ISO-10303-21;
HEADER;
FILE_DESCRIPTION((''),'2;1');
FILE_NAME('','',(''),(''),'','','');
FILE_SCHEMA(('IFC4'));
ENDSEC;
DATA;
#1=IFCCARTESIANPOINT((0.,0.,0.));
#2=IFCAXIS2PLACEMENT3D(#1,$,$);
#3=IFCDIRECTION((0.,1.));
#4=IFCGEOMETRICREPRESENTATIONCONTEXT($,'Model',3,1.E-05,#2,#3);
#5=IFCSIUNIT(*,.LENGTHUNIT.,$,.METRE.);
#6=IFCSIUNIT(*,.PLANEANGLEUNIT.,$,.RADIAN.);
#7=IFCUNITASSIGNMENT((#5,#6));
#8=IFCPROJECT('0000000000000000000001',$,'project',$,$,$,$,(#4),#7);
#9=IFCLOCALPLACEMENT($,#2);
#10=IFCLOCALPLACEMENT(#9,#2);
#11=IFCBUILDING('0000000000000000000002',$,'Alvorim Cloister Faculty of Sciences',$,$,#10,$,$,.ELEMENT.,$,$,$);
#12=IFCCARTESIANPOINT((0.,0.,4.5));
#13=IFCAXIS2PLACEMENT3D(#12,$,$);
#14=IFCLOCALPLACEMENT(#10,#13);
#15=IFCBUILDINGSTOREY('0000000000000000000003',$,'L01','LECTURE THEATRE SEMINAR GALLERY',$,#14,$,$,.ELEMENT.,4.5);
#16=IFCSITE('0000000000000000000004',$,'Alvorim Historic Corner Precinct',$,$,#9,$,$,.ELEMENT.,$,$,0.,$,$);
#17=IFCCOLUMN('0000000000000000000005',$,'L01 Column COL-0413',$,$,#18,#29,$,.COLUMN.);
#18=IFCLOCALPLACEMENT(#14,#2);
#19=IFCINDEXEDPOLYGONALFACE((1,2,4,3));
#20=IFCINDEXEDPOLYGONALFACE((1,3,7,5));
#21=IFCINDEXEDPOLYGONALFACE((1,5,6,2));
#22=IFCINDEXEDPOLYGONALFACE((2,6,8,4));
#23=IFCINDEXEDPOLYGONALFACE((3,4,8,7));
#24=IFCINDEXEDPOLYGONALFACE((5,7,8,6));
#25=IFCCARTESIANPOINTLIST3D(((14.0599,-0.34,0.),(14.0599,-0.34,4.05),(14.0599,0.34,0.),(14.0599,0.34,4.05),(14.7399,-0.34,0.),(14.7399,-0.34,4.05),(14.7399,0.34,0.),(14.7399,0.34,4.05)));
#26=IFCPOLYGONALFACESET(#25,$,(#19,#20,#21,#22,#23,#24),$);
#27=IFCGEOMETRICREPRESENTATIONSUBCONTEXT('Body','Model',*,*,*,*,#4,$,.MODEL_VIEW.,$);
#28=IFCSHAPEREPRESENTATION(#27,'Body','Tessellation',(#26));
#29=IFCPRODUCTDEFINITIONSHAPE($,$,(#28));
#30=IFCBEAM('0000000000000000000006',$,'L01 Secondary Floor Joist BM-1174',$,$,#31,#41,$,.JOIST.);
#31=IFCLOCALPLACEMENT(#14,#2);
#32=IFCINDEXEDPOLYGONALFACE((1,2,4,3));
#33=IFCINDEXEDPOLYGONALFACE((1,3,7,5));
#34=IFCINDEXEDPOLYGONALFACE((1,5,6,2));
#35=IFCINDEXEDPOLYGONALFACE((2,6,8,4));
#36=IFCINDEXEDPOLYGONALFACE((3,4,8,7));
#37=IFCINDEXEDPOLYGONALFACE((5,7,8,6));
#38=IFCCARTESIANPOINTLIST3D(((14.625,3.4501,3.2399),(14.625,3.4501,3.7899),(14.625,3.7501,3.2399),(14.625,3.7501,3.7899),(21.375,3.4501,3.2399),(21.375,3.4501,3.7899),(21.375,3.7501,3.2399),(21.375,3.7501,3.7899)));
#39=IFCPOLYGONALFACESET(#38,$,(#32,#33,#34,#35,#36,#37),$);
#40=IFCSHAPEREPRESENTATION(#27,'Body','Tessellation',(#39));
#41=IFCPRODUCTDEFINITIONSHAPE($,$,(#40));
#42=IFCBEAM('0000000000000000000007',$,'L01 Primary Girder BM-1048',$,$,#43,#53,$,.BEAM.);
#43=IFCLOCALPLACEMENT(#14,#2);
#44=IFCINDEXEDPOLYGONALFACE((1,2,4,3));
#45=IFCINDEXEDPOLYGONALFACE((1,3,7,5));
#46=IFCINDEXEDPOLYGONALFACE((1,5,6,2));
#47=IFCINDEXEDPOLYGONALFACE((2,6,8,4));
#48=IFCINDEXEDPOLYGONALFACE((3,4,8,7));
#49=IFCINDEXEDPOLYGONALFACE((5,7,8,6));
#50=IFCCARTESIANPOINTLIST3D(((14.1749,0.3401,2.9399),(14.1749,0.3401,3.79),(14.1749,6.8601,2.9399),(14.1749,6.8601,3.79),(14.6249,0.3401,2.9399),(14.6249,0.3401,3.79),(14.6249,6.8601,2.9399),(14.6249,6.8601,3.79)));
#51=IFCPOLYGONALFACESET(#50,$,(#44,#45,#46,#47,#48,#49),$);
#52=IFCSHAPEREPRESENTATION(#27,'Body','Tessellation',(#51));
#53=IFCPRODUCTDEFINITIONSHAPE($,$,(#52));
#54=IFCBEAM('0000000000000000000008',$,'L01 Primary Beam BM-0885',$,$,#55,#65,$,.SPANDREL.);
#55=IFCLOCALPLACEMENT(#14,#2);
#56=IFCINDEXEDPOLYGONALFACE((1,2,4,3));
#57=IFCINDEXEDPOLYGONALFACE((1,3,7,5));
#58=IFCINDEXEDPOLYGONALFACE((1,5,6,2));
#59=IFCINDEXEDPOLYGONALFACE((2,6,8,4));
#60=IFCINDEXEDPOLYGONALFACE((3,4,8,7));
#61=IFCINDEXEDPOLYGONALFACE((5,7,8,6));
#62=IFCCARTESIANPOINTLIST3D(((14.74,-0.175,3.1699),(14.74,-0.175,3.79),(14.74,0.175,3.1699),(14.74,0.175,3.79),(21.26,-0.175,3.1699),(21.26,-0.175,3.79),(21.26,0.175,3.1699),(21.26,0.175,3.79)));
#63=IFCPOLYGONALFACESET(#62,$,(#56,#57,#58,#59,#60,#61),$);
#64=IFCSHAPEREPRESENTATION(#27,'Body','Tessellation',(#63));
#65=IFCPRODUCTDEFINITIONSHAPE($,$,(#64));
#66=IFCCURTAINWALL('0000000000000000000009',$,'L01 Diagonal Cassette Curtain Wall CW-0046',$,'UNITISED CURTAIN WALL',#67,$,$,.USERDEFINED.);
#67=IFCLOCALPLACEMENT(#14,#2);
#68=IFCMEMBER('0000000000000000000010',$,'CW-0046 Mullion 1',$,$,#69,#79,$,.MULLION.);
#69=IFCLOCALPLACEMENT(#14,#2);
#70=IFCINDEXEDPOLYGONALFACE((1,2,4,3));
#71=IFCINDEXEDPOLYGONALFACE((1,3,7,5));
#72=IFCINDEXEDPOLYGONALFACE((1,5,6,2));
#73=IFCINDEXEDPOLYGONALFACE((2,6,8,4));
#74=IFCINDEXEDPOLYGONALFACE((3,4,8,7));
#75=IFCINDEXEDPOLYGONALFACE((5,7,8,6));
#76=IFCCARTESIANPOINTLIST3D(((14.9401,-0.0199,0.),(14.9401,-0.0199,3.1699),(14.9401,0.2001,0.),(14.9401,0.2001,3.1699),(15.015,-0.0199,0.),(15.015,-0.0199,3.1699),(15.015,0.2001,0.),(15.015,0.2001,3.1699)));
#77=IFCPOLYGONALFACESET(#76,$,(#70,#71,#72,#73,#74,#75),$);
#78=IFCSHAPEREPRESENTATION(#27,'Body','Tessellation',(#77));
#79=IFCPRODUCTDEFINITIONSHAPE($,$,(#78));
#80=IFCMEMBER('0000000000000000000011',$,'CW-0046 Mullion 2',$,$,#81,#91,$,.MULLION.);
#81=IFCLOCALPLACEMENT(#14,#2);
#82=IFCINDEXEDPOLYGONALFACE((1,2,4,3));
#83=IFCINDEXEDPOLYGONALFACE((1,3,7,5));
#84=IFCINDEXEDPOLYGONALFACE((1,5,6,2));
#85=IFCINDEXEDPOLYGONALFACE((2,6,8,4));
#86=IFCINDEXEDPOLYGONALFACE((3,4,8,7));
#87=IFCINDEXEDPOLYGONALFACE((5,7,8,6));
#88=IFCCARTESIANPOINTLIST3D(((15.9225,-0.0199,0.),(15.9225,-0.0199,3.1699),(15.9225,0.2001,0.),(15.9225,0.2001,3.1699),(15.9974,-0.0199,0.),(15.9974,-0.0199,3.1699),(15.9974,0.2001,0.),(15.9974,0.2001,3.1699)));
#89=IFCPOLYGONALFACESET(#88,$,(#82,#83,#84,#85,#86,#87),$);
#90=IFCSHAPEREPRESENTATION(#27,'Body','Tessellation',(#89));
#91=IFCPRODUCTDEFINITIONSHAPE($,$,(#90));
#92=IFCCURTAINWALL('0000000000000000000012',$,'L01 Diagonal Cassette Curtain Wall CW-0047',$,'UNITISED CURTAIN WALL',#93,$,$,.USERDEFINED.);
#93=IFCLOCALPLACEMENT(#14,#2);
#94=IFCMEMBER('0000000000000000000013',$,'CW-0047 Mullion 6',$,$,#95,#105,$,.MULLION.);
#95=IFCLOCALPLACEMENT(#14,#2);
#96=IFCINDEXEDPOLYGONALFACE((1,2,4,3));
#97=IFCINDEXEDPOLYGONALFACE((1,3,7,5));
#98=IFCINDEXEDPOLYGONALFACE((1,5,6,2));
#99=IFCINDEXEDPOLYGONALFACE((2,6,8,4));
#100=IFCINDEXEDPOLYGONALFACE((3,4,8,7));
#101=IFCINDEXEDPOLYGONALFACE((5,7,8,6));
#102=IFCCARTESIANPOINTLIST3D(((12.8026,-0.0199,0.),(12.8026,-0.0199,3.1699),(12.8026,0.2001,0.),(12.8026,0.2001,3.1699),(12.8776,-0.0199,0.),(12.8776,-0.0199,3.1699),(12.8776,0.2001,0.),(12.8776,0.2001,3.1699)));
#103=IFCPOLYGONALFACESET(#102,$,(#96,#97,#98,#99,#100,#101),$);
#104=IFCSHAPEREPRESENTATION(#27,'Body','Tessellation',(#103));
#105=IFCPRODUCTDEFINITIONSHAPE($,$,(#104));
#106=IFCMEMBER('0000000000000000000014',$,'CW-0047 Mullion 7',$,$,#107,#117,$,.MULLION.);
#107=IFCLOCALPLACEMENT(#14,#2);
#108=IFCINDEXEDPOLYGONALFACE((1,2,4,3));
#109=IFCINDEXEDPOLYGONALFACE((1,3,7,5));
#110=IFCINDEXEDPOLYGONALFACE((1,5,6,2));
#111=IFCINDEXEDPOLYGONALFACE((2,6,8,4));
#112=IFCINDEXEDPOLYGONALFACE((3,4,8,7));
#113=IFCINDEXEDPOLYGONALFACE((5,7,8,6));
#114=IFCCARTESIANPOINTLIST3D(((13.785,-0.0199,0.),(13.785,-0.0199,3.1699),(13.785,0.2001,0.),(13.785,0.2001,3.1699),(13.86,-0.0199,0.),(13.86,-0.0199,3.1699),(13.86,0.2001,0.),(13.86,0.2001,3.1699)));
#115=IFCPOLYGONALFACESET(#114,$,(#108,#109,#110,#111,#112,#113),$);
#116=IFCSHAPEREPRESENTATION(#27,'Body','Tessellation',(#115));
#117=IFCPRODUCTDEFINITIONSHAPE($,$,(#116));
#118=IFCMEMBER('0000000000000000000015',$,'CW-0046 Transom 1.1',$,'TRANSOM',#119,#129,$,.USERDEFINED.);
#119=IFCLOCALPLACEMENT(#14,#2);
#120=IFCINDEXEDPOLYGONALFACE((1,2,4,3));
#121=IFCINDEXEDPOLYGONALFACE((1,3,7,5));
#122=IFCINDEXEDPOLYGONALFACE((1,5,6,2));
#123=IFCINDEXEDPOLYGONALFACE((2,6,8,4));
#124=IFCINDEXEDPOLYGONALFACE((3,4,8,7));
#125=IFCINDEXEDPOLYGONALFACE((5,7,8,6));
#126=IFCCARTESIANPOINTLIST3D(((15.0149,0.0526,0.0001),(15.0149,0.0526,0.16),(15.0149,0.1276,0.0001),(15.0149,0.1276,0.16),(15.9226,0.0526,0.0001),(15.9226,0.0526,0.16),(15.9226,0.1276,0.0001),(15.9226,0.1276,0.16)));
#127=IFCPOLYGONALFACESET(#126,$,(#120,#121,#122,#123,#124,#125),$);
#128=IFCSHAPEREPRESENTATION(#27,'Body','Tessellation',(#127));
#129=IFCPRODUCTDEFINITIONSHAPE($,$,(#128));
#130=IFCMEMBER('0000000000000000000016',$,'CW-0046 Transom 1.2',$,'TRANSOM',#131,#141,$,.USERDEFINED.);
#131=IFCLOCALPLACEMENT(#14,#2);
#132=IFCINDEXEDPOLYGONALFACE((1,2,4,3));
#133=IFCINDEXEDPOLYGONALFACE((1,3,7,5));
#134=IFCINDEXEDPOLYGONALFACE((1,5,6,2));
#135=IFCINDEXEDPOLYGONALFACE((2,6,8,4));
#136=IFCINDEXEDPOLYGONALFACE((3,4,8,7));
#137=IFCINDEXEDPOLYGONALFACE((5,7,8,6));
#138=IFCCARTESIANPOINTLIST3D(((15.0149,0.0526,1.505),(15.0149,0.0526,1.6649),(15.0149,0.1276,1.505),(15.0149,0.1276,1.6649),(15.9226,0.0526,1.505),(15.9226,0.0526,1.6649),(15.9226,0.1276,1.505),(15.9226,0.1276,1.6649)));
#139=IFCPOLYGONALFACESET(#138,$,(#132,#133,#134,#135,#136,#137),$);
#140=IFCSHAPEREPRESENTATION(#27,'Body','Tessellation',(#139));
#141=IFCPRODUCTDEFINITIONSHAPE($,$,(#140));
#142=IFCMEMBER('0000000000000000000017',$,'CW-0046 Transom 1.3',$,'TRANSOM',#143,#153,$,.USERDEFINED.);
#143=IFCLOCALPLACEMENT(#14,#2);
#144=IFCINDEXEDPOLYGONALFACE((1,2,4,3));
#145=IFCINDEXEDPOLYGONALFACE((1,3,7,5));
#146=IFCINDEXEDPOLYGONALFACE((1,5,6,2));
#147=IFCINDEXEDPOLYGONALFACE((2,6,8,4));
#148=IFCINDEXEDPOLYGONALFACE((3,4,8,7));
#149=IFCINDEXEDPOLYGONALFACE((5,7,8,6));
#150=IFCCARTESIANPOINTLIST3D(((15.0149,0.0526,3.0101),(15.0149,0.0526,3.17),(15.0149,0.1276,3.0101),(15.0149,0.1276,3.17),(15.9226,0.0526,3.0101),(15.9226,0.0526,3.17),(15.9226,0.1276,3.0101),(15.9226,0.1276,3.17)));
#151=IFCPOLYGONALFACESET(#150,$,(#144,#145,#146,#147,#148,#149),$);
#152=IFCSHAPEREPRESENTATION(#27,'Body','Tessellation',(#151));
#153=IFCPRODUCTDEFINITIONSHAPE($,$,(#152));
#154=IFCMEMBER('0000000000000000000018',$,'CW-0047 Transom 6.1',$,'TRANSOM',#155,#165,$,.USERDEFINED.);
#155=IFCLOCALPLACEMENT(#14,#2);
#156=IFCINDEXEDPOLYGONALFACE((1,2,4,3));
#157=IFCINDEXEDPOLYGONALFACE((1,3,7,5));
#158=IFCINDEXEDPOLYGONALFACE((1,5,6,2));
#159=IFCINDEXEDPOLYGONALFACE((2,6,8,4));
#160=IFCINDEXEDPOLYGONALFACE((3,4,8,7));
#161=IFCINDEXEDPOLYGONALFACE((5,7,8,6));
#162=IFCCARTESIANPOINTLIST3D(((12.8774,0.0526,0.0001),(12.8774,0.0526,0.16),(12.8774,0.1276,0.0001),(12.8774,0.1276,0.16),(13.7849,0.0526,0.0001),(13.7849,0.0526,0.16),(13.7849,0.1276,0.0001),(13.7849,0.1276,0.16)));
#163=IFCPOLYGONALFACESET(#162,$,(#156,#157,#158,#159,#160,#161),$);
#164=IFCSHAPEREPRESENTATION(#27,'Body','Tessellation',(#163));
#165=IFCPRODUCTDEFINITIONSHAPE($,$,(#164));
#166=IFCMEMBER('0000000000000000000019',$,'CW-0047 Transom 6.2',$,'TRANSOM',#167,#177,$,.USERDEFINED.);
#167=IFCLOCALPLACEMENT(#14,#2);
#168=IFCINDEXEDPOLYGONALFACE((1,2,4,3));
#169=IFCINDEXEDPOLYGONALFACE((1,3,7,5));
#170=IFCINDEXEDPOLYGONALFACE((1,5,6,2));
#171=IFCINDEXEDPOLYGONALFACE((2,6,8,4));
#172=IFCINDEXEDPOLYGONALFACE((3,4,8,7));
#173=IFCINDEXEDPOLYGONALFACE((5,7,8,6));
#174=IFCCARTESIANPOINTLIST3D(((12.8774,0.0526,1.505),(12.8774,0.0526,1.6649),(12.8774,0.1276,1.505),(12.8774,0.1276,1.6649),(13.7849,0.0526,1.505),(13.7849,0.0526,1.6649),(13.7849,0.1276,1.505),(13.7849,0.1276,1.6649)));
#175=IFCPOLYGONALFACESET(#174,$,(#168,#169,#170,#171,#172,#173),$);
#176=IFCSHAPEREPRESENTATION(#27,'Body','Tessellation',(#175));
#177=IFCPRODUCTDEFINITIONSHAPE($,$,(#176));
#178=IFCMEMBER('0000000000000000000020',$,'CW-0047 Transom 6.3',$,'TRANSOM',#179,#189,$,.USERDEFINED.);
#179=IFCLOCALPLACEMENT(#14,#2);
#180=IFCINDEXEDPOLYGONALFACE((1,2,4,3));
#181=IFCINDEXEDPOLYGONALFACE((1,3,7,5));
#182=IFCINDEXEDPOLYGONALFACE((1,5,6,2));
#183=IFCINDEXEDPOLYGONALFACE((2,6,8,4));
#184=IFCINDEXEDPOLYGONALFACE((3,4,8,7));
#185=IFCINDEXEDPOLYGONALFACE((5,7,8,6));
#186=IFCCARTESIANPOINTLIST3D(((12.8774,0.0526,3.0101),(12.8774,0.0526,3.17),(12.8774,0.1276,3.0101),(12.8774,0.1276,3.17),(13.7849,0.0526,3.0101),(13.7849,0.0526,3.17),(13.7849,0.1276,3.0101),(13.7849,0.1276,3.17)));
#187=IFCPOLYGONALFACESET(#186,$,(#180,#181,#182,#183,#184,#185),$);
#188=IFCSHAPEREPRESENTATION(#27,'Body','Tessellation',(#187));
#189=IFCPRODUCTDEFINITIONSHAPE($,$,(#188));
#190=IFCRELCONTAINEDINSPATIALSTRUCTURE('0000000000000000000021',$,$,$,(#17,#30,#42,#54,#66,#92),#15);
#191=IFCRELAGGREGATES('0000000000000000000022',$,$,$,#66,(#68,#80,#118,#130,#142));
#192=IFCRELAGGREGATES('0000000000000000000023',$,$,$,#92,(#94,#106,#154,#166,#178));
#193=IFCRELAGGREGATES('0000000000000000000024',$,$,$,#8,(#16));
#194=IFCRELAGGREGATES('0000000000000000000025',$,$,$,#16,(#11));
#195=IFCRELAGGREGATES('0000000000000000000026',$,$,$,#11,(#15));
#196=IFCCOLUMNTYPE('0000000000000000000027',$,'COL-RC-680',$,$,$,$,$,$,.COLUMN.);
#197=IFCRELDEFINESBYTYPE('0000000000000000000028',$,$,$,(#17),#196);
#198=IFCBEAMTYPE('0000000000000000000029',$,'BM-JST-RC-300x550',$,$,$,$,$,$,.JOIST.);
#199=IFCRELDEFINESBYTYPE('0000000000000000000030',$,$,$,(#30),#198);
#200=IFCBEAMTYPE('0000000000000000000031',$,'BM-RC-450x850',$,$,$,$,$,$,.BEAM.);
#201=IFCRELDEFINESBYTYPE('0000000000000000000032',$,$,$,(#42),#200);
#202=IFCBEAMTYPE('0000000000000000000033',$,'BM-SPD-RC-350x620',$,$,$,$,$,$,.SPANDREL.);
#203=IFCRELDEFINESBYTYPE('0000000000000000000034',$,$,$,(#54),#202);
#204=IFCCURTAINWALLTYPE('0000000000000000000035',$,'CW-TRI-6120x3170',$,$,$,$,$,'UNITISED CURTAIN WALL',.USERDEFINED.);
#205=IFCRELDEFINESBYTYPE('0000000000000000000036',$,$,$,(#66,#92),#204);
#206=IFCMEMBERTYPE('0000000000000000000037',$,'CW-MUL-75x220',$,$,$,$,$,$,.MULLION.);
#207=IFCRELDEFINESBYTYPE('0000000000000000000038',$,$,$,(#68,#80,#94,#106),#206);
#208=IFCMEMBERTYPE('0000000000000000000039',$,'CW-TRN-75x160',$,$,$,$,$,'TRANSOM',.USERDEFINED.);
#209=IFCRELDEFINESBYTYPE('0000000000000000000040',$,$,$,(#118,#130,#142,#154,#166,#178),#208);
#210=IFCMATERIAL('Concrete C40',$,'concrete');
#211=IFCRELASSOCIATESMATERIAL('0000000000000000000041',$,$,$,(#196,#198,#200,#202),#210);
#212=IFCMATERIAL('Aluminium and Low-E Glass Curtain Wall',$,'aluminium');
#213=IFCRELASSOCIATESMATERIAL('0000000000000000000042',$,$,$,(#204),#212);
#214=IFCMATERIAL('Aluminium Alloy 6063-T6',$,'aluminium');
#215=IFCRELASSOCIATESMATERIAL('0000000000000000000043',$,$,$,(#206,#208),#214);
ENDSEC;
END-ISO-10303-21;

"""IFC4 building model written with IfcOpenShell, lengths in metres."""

from ifc_helpers import new_model, si_unit, direction, frame, origin, origin_2d, place, context, subcontext, project, spatial, rectangle, extrude, material, material_profile, profile_set, type_object, element, aggregate, save


model = new_model("IFC4")

# Units and contexts
model_context = context("Model", 3, precision=1e-05, world=origin(), true_north=direction((0.0, 1.0)))
body_context = subcontext(model_context, "Body", "Model", "MODEL_VIEW")
ifc_project = project(units=[si_unit("LENGTHUNIT", "METRE"), si_unit("PLANEANGLEUNIT", "RADIAN")], contexts=[model_context])

# Site, building, storey
site_placement = place(None, origin())
site = spatial("IfcSite", under=ifc_project, at=site_placement, Name="Alvorim Historic Corner Precinct", CompositionType="ELEMENT", RefElevation=0.0)
building_placement = place(site_placement, origin())
building = spatial("IfcBuilding", under=site, at=building_placement, Name="Alvorim Cloister Faculty of Sciences", CompositionType="ELEMENT")
storey_placement = place(building_placement, frame((0.0, 0.0, 4.5)))
storey = spatial("IfcBuildingStorey", under=building, at=storey_placement, Name="L01", Description="LECTURE THEATRE SEMINAR GALLERY", CompositionType="ELEMENT", Elevation=4.5)

# Column
ifc_material_1 = material(Name="Concrete C40", Category="concrete")
ifc_material_profile_1 = material_profile(ifc_material_1, rectangle(XDim=0.6799, YDim=0.6799, at=origin_2d()), Name="RC40-COL-680x680")
ifc_profile_set_1 = profile_set([ifc_material_profile_1], Name="Concrete C40")
column_type = type_object("IfcColumnType", Name="COL-RC-680", PredefinedType="COLUMN", material=ifc_profile_set_1)
column_placement = place(storey_placement, frame((14.3999, 0.0, 0.0), z_axis=(0.0, 0.0, 1.0), x_axis=(1.0, 0.0, 0.0)))
element("IfcColumn", 1, at=column_placement, inside=storey, type_object=column_type, Name="L01 Column COL-0413", PredefinedType="COLUMN", context=body_context, shape_type="SweptSolid", body=[
    extrude(rectangle(XDim=0.6799, YDim=0.6799, at=origin_2d()), origin(), (0.0, 0.0, 1.0), 4.05),
])

# Beams
ifc_material_profile_2 = material_profile(ifc_material_1, rectangle(XDim=0.3, YDim=0.55, at=origin_2d()), Name="RC40-JST-300x550")
ifc_profile_set_2 = profile_set([ifc_material_profile_2], Name="Concrete C40")
beam_type_1 = type_object("IfcBeamType", Name="BM-JST-RC-300x550", PredefinedType="JOIST", material=ifc_profile_set_2)
beam_1_placement = place(storey_placement, frame((14.625, 3.6001, 3.5149), z_axis=(1.0, 0.0, 0.0), x_axis=(0.0, 1.0, 0.0)))
element("IfcBeam", 2, at=beam_1_placement, inside=storey, type_object=beam_type_1, Name="L01 Secondary Floor Joist BM-1174", PredefinedType="JOIST", context=body_context, shape_type="SweptSolid", body=[
    extrude(rectangle(XDim=0.3, YDim=0.55, at=origin_2d()), origin(), (0.0, 0.0, 1.0), 6.75),
])
ifc_material_profile_3 = material_profile(ifc_material_1, rectangle(XDim=0.45, YDim=0.8501, at=origin_2d()), Name="RC40-BM-450x850")
ifc_profile_set_3 = profile_set([ifc_material_profile_3], Name="Concrete C40")
beam_type_2 = type_object("IfcBeamType", Name="BM-RC-450x850", PredefinedType="BEAM", material=ifc_profile_set_3)
beam_2_placement = place(storey_placement, frame((14.3999, 0.3401, 3.365), z_axis=(0.0, 1.0, 0.0), x_axis=(-1.0, 0.0, 0.0)))
element("IfcBeam", 3, at=beam_2_placement, inside=storey, type_object=beam_type_2, Name="L01 Primary Girder BM-1048", PredefinedType="BEAM", context=body_context, shape_type="SweptSolid", body=[
    extrude(rectangle(XDim=0.45, YDim=0.8501, at=origin_2d()), origin(), (0.0, 0.0, 1.0), 6.52),
])
ifc_material_profile_4 = material_profile(ifc_material_1, rectangle(XDim=0.3501, YDim=0.6201, at=origin_2d()), Name="RC40-SPD-350x620")
ifc_profile_set_4 = profile_set([ifc_material_profile_4], Name="Concrete C40")
beam_type_3 = type_object("IfcBeamType", Name="BM-SPD-RC-350x620", PredefinedType="SPANDREL", material=ifc_profile_set_4)
beam_3_placement = place(storey_placement, frame((14.74, 0.0, 3.48), z_axis=(1.0, 0.0, 0.0), x_axis=(0.0, 1.0, 0.0)))
element("IfcBeam", 4, at=beam_3_placement, inside=storey, type_object=beam_type_3, Name="L01 Primary Beam BM-0885", PredefinedType="SPANDREL", context=body_context, shape_type="SweptSolid", body=[
    extrude(rectangle(XDim=0.3501, YDim=0.6201, at=origin_2d()), origin(), (0.0, 0.0, 1.0), 6.52),
])

# Curtain walls, members
ifc_material_2 = material(Name="Aluminium and Low-E Glass Curtain Wall", Category="aluminium")
curtain_wall_type = type_object("IfcCurtainWallType", Name="CW-TRI-6120x3170", ElementType="UNITISED CURTAIN WALL", PredefinedType="USERDEFINED", material=ifc_material_2)
curtain_wall_1_placement = place(storey_placement, origin())
curtain_wall_1 = element("IfcCurtainWall", 5, at=curtain_wall_1_placement, inside=storey, type_object=curtain_wall_type, Name="L01 Diagonal Cassette Curtain Wall CW-0046", ObjectType="UNITISED CURTAIN WALL", PredefinedType="USERDEFINED")
ifc_material_3 = material(Name="Aluminium Alloy 6063-T6", Category="aluminium")
ifc_material_profile_5 = material_profile(ifc_material_3, rectangle(XDim=0.075, YDim=0.22, at=origin_2d()), Name="ALU-MUL-75x220")
ifc_profile_set_5 = profile_set([ifc_material_profile_5], Name="Aluminium Alloy 6063-T6")
member_type_1 = type_object("IfcMemberType", Name="CW-MUL-75x220", PredefinedType="MULLION", material=ifc_profile_set_5)
member_1_placement = place(storey_placement, frame((14.9775, 0.0901, 0.0), z_axis=(0.0, 0.0, 1.0), x_axis=(1.0, 0.0, 0.0)))
member_1 = element("IfcMember", 6, at=member_1_placement, type_object=member_type_1, Name="CW-0046 Mullion 1", PredefinedType="MULLION", context=body_context, shape_type="SweptSolid", body=[
    extrude(rectangle(XDim=0.075, YDim=0.22, at=origin_2d()), origin(), (0.0, 0.0, 1.0), 3.1699),
])
member_2_placement = place(storey_placement, frame((15.96, 0.0901, 0.0), z_axis=(0.0, 0.0, 1.0), x_axis=(1.0, 0.0, 0.0)))
member_2 = element("IfcMember", 7, at=member_2_placement, type_object=member_type_1, Name="CW-0046 Mullion 2", PredefinedType="MULLION", context=body_context, shape_type="SweptSolid", body=[
    extrude(rectangle(XDim=0.075, YDim=0.22, at=origin_2d()), origin(), (0.0, 0.0, 1.0), 3.1699),
])
curtain_wall_2_placement = place(storey_placement, origin())
curtain_wall_2 = element("IfcCurtainWall", 8, at=curtain_wall_2_placement, inside=storey, type_object=curtain_wall_type, Name="L01 Diagonal Cassette Curtain Wall CW-0047", ObjectType="UNITISED CURTAIN WALL", PredefinedType="USERDEFINED")
member_3_placement = place(storey_placement, frame((12.8401, 0.0901, 0.0), z_axis=(0.0, 0.0, 1.0), x_axis=(1.0, 0.0, 0.0)))
member_3 = element("IfcMember", 9, at=member_3_placement, type_object=member_type_1, Name="CW-0047 Mullion 6", PredefinedType="MULLION", context=body_context, shape_type="SweptSolid", body=[
    extrude(rectangle(XDim=0.075, YDim=0.22, at=origin_2d()), origin(), (0.0, 0.0, 1.0), 3.1699),
])
member_4_placement = place(storey_placement, frame((13.8225, 0.0901, 0.0), z_axis=(0.0, 0.0, 1.0), x_axis=(1.0, 0.0, 0.0)))
member_4 = element("IfcMember", 10, at=member_4_placement, type_object=member_type_1, Name="CW-0047 Mullion 7", PredefinedType="MULLION", context=body_context, shape_type="SweptSolid", body=[
    extrude(rectangle(XDim=0.075, YDim=0.22, at=origin_2d()), origin(), (0.0, 0.0, 1.0), 3.1699),
])

# Members
ifc_material_profile_6 = material_profile(ifc_material_3, rectangle(XDim=0.075, YDim=0.1599, at=origin_2d()), Name="ALU-TRN-75x160")
ifc_profile_set_6 = profile_set([ifc_material_profile_6], Name="Aluminium Alloy 6063-T6")
member_type_2 = type_object("IfcMemberType", Name="CW-TRN-75x160", ElementType="TRANSOM", PredefinedType="USERDEFINED", material=ifc_profile_set_6)
member_5_placement = place(storey_placement, frame((15.0149, 0.0901, 0.0801), z_axis=(1.0, 0.0, 0.0), x_axis=(0.0, 1.0, 0.0)))
member_5 = element("IfcMember", 11, at=member_5_placement, type_object=member_type_2, Name="CW-0046 Transom 1.1", ObjectType="TRANSOM", PredefinedType="USERDEFINED", context=body_context, shape_type="SweptSolid", body=[
    extrude(rectangle(XDim=0.075, YDim=0.1599, at=origin_2d()), origin(), (0.0, 0.0, 1.0), 0.9077),
])
member_6_placement = place(storey_placement, frame((15.0149, 0.0901, 1.585), z_axis=(1.0, 0.0, 0.0), x_axis=(0.0, 1.0, 0.0)))
member_6 = element("IfcMember", 12, at=member_6_placement, type_object=member_type_2, Name="CW-0046 Transom 1.2", ObjectType="TRANSOM", PredefinedType="USERDEFINED", context=body_context, shape_type="SweptSolid", body=[
    extrude(rectangle(XDim=0.075, YDim=0.1599, at=origin_2d()), origin(), (0.0, 0.0, 1.0), 0.9077),
])
member_7_placement = place(storey_placement, frame((15.0149, 0.0901, 3.0901), z_axis=(1.0, 0.0, 0.0), x_axis=(0.0, 1.0, 0.0)))
member_7 = element("IfcMember", 13, at=member_7_placement, type_object=member_type_2, Name="CW-0046 Transom 1.3", ObjectType="TRANSOM", PredefinedType="USERDEFINED", context=body_context, shape_type="SweptSolid", body=[
    extrude(rectangle(XDim=0.075, YDim=0.1599, at=origin_2d()), origin(), (0.0, 0.0, 1.0), 0.9077),
])
member_8_placement = place(storey_placement, frame((12.8774, 0.0901, 0.0801), z_axis=(1.0, 0.0, 0.0), x_axis=(0.0, 1.0, 0.0)))
member_8 = element("IfcMember", 14, at=member_8_placement, type_object=member_type_2, Name="CW-0047 Transom 6.1", ObjectType="TRANSOM", PredefinedType="USERDEFINED", context=body_context, shape_type="SweptSolid", body=[
    extrude(rectangle(XDim=0.075, YDim=0.1599, at=origin_2d()), origin(), (0.0, 0.0, 1.0), 0.9075),
])
member_9_placement = place(storey_placement, frame((12.8774, 0.0901, 1.585), z_axis=(1.0, 0.0, 0.0), x_axis=(0.0, 1.0, 0.0)))
member_9 = element("IfcMember", 15, at=member_9_placement, type_object=member_type_2, Name="CW-0047 Transom 6.2", ObjectType="TRANSOM", PredefinedType="USERDEFINED", context=body_context, shape_type="SweptSolid", body=[
    extrude(rectangle(XDim=0.075, YDim=0.1599, at=origin_2d()), origin(), (0.0, 0.0, 1.0), 0.9075),
])
member_10_placement = place(storey_placement, frame((12.8774, 0.0901, 3.0901), z_axis=(1.0, 0.0, 0.0), x_axis=(0.0, 1.0, 0.0)))
member_10 = element("IfcMember", 16, at=member_10_placement, type_object=member_type_2, Name="CW-0047 Transom 6.3", ObjectType="TRANSOM", PredefinedType="USERDEFINED", context=body_context, shape_type="SweptSolid", body=[
    extrude(rectangle(XDim=0.075, YDim=0.1599, at=origin_2d()), origin(), (0.0, 0.0, 1.0), 0.9075),
])

aggregate(curtain_wall_1, [member_1, member_2, member_5, member_6, member_7])
aggregate(curtain_wall_2, [member_3, member_4, member_8, member_9, member_10])

save(model, "model.ifc")
